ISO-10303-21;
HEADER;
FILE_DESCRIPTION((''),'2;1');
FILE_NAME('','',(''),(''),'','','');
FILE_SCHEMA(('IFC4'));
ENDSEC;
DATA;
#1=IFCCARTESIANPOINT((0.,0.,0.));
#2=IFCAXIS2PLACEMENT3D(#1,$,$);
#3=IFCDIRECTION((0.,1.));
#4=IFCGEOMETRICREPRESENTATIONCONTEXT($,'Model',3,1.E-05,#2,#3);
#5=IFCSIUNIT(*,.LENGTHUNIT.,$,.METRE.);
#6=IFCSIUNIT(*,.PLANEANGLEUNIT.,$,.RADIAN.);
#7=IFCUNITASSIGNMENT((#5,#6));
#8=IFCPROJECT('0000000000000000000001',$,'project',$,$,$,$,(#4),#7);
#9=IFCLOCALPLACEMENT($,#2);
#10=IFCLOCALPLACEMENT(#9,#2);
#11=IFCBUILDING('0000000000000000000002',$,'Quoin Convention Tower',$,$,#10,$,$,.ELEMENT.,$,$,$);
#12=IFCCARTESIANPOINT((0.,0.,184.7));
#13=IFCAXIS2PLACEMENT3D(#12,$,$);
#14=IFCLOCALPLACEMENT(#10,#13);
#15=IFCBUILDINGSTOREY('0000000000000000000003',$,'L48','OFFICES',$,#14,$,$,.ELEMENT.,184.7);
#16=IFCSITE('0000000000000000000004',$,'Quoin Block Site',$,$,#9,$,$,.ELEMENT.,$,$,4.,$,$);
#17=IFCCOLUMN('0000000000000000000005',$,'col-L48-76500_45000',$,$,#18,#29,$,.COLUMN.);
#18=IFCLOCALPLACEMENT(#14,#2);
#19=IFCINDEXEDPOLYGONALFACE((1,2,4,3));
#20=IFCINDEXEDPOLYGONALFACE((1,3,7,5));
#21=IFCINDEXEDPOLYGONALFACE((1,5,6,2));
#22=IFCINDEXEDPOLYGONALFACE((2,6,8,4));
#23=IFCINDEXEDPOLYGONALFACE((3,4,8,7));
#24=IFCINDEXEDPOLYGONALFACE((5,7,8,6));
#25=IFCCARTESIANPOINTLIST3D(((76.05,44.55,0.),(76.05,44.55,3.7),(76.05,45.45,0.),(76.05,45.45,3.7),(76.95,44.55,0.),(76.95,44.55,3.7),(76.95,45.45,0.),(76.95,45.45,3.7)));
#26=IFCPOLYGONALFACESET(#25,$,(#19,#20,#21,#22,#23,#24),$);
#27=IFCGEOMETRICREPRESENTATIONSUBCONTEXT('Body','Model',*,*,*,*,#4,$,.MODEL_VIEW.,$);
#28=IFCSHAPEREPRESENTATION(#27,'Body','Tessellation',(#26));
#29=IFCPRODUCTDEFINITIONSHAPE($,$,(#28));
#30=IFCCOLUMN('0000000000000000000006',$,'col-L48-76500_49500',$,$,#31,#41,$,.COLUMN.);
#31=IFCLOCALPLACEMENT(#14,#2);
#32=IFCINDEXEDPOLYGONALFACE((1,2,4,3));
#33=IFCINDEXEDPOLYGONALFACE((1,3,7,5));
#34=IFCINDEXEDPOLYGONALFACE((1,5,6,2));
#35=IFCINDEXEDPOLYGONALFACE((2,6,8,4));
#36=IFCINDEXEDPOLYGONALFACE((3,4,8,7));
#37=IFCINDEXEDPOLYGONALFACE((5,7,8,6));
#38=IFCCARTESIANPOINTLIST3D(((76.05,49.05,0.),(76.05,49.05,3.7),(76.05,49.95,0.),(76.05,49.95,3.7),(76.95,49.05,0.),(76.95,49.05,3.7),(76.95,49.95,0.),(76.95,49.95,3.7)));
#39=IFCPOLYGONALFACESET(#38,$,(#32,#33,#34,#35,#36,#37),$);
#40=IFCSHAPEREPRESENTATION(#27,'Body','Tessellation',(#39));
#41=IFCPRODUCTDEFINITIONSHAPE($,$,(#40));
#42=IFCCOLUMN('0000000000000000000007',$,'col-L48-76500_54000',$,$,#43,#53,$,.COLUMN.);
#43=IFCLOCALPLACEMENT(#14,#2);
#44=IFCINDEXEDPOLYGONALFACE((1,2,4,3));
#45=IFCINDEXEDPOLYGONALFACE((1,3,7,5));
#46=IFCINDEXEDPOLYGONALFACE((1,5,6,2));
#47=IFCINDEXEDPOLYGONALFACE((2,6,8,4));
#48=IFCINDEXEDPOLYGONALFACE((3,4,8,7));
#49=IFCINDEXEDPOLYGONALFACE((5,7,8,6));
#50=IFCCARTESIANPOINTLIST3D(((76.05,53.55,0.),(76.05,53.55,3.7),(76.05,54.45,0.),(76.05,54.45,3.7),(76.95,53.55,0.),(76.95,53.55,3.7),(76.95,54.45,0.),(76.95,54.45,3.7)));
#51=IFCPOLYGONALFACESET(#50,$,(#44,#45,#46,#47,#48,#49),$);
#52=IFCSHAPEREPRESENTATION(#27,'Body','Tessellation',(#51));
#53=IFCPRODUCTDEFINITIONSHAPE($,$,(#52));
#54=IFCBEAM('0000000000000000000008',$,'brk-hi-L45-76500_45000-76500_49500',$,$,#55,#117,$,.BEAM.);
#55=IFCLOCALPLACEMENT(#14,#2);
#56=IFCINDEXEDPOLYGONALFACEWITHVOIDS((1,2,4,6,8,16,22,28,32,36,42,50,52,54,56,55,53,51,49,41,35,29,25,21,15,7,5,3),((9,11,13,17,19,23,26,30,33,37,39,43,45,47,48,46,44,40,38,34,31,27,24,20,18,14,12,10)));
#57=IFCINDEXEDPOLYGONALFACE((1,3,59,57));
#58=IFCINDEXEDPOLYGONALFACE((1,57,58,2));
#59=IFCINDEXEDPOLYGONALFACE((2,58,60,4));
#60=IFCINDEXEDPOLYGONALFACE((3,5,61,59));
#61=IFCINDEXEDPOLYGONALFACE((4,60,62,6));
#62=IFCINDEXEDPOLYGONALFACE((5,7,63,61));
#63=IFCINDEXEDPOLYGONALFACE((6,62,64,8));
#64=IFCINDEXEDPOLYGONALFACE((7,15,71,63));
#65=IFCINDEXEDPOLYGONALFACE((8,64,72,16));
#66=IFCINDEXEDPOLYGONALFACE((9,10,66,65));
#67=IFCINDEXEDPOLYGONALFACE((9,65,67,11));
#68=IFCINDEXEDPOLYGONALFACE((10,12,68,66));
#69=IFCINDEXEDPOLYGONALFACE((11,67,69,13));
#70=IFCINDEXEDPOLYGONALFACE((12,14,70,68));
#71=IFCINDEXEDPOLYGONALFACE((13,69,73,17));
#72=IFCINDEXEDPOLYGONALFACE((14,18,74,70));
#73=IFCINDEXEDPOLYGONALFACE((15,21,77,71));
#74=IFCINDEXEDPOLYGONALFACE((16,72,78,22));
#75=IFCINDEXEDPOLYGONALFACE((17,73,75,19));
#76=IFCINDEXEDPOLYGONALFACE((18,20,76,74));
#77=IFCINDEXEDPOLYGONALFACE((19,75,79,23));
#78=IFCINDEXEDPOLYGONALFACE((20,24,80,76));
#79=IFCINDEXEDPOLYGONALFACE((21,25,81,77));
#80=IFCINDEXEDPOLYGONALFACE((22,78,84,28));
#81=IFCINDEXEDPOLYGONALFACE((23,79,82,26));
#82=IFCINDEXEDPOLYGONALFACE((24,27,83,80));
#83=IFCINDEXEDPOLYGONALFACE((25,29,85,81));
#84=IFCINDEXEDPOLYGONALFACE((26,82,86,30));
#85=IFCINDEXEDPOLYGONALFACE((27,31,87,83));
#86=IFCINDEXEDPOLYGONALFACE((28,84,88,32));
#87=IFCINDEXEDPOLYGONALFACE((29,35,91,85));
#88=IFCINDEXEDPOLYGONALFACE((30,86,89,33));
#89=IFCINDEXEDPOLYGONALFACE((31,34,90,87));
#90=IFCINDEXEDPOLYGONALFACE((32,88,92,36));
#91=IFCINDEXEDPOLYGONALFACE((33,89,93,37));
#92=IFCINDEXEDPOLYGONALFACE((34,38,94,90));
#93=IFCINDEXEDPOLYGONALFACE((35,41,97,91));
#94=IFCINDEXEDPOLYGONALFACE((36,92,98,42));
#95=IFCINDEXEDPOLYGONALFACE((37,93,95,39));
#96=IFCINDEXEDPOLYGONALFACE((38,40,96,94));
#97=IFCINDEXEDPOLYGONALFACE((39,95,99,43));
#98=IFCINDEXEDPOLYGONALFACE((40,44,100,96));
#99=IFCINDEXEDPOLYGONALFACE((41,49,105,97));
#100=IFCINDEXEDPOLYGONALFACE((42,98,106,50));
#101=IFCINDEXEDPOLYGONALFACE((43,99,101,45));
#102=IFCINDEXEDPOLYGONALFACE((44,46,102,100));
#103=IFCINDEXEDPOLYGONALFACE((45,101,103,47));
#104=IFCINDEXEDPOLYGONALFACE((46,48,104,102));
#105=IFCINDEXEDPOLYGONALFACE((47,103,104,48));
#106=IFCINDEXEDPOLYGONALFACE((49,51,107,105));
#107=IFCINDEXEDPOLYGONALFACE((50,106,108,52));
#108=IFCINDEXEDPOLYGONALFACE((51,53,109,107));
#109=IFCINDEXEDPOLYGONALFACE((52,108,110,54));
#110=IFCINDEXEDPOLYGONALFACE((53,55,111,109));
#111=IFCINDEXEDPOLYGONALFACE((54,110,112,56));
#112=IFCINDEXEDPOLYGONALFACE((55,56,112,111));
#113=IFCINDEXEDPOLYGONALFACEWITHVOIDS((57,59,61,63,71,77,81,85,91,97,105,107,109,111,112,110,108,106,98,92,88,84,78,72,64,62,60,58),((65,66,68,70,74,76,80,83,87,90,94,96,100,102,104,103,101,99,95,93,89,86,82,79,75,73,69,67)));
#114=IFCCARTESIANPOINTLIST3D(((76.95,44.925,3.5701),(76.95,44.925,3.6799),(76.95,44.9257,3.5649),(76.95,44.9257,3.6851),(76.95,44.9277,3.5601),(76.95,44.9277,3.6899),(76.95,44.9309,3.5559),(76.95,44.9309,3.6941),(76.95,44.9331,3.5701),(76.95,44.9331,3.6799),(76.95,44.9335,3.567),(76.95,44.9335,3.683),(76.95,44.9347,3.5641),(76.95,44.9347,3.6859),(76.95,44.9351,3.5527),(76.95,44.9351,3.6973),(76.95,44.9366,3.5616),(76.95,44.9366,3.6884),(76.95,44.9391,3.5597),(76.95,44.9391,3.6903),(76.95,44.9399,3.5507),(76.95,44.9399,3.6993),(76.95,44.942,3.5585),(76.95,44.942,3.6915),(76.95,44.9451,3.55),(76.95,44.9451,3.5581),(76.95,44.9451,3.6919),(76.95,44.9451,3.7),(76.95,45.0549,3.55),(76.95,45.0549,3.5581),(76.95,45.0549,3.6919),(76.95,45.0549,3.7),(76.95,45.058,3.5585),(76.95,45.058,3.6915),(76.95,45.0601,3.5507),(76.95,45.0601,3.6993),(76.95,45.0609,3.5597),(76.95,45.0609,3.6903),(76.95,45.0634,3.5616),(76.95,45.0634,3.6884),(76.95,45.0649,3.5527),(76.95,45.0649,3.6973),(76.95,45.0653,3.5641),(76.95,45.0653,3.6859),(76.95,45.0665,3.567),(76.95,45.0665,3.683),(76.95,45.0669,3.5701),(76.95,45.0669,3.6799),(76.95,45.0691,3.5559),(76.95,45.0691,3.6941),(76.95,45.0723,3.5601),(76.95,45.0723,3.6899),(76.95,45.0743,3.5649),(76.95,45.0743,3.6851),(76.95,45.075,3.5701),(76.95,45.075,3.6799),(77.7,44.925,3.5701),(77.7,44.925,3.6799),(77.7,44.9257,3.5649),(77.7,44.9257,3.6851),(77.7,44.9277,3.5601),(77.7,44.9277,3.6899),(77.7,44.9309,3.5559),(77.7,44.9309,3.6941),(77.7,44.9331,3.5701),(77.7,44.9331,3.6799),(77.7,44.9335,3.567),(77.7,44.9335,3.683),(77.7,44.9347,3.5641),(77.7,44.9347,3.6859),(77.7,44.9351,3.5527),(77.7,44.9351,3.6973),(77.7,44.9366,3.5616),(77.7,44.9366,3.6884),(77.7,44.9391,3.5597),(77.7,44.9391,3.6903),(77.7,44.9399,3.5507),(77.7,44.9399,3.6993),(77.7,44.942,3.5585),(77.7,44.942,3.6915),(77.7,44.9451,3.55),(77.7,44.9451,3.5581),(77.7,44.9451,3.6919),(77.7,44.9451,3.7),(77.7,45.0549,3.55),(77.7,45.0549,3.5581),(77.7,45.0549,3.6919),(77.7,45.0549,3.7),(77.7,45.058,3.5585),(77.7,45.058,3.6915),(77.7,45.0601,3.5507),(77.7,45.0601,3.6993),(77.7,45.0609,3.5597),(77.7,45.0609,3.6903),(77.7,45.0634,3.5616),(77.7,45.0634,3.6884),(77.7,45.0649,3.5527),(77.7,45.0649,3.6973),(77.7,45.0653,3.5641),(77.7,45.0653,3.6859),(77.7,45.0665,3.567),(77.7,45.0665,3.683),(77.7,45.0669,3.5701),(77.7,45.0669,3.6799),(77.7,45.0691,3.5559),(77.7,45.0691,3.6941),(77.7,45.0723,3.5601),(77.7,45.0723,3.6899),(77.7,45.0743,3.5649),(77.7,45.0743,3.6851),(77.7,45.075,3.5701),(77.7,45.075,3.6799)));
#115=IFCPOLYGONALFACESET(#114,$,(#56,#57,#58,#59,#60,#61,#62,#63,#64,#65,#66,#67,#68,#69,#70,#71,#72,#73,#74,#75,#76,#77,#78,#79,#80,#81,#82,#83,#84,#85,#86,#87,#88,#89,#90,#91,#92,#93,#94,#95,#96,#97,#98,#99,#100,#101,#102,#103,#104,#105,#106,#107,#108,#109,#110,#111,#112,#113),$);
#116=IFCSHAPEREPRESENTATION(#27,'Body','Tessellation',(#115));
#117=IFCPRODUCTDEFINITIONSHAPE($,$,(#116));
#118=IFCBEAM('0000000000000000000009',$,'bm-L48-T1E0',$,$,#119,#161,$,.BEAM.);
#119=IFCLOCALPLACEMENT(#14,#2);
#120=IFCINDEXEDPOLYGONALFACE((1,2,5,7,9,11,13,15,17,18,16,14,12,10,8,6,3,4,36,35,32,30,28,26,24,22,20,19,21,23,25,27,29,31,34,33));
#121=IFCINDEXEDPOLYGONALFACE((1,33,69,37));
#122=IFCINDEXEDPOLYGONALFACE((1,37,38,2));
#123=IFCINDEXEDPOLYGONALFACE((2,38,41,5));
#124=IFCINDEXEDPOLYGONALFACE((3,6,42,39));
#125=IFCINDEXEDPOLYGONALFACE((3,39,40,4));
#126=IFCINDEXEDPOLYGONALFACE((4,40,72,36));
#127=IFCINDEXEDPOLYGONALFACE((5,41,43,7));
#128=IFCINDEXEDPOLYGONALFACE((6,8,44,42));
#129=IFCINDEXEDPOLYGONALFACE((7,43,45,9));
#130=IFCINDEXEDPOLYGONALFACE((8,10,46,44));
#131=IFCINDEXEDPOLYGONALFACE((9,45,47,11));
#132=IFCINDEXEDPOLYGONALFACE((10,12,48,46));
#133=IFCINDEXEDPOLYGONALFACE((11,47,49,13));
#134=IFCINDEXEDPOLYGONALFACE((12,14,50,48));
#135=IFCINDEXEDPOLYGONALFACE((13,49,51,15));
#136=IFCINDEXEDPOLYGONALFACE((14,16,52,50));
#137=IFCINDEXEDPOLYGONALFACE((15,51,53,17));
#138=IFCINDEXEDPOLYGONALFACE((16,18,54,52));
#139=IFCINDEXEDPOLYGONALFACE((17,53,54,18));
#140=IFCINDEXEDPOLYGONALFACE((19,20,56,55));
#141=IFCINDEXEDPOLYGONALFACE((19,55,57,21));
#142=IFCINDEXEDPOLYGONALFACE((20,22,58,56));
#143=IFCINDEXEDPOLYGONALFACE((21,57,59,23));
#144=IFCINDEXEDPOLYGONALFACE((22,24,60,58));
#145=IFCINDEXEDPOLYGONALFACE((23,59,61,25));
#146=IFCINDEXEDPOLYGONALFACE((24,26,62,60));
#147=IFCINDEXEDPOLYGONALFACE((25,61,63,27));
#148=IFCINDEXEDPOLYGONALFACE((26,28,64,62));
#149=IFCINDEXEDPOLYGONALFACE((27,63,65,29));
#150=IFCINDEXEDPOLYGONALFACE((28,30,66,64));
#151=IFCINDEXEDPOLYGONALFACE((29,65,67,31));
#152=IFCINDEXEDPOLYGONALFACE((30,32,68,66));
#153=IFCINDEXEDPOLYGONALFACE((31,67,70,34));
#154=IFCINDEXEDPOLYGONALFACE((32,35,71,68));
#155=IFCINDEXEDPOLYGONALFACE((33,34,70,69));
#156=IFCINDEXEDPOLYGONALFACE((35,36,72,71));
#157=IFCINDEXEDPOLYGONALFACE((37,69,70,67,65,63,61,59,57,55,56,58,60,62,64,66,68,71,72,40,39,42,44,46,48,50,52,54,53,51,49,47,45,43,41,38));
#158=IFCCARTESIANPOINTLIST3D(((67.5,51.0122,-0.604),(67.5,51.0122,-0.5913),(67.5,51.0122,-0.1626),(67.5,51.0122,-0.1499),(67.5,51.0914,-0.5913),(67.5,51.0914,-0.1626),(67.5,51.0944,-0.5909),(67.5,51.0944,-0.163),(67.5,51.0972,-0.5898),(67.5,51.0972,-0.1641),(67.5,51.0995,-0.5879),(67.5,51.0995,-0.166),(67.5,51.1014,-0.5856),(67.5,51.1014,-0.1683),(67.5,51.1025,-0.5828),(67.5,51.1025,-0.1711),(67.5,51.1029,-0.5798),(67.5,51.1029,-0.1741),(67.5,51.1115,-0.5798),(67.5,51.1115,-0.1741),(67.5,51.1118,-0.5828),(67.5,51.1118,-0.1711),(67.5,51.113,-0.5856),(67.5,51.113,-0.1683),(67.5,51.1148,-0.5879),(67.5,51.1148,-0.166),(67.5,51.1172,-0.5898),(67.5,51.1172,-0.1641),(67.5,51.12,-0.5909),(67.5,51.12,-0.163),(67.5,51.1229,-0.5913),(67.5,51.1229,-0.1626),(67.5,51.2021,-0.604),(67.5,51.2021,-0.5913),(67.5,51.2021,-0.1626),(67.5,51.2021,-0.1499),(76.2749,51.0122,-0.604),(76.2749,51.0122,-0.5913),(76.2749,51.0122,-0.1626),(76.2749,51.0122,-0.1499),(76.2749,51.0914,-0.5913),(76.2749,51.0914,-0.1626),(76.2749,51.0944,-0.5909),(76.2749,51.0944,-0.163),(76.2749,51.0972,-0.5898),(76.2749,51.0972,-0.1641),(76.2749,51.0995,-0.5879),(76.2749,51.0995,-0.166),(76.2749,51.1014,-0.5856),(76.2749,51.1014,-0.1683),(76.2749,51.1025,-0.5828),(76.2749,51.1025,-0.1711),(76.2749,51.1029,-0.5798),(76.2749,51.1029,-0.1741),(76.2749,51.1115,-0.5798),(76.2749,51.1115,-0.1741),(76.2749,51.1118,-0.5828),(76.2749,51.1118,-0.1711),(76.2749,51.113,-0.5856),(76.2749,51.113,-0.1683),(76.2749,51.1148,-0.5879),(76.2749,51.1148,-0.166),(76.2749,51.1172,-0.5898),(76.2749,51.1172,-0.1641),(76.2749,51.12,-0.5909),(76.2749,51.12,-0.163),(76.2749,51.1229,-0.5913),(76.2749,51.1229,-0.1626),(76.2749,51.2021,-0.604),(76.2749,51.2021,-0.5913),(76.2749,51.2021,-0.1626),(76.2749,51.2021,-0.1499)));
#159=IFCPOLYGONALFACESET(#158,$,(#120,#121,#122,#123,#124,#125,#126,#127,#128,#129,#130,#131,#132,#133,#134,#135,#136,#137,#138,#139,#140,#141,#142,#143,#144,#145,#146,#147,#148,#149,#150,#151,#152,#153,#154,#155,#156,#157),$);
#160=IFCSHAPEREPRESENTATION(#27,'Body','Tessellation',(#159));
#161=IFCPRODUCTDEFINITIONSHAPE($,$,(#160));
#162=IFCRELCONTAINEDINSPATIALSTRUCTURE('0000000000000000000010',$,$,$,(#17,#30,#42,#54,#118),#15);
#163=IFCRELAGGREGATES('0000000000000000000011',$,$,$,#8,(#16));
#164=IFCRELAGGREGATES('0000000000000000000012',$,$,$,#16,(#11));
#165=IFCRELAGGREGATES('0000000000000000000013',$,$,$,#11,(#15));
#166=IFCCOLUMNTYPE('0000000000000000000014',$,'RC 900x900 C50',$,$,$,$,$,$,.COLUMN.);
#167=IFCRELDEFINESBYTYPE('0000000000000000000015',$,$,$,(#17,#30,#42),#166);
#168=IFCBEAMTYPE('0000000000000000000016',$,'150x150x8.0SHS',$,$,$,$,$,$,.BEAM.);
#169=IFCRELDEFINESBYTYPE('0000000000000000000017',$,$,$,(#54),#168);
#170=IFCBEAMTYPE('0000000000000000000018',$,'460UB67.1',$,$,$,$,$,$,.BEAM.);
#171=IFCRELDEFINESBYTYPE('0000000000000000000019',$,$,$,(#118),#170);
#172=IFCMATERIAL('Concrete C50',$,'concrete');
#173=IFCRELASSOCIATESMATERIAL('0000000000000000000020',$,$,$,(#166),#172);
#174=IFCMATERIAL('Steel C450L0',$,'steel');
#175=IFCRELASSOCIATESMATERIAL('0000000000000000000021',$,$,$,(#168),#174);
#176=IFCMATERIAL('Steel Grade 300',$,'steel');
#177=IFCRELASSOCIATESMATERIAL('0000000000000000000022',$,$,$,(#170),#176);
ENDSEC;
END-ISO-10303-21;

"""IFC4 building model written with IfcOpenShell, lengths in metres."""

from ifc_helpers import new_model, si_unit, direction, frame, origin, origin_2d, place, context, subcontext, project, spatial, rectangle, hollow_rectangle, i_section, extrude, material, material_profile, profile_set, type_object, element, save


model = new_model("IFC4")

# Units and contexts
model_context = context("Model", 3, precision=1e-05, world=origin(), true_north=direction((0.0, 1.0)))
body_context = subcontext(model_context, "Body", "Model", "MODEL_VIEW")
ifc_project = project(units=[si_unit("LENGTHUNIT", "METRE"), si_unit("PLANEANGLEUNIT", "RADIAN")], contexts=[model_context])

# Site, building, storey
site_placement = place(None, origin())
site = spatial("IfcSite", under=ifc_project, at=site_placement, Name="Quoin Block Site", CompositionType="ELEMENT", RefElevation=4.0)
building_placement = place(site_placement, origin())
building = spatial("IfcBuilding", under=site, at=building_placement, Name="Quoin Convention Tower", CompositionType="ELEMENT")
storey_placement = place(building_placement, frame((0.0, 0.0, 184.7)))
storey = spatial("IfcBuildingStorey", under=building, at=storey_placement, Name="L48", Description="OFFICES", CompositionType="ELEMENT", Elevation=184.7)

# Columns
ifc_material_1 = material(Name="Concrete C50", Category="concrete")
ifc_material_profile_1 = material_profile(ifc_material_1, rectangle(XDim=0.8999, YDim=0.8999, at=origin_2d()), Name="RC 900x900")
ifc_profile_set_1 = profile_set([ifc_material_profile_1], Name="Concrete C50")
column_type = type_object("IfcColumnType", Name="RC 900x900 C50", PredefinedType="COLUMN", material=ifc_profile_set_1)
for number, where, z_axis, x_axis, name in (
    (1, (76.5, 45.0, 0.0), (0.0, 0.0, 1.0), (1.0, 0.0, 0.0), "col-L48-76500_45000"),
    (2, (76.5, 49.5, 0.0), (0.0, 0.0, 1.0), (1.0, 0.0, 0.0), "col-L48-76500_49500"),
    (3, (76.5, 54.0, 0.0), (0.0, 0.0, 1.0), (1.0, 0.0, 0.0), "col-L48-76500_54000"),
):
    element("IfcColumn", number, at=place(storey_placement, frame(where, z_axis=z_axis, x_axis=x_axis)), inside=storey, type_object=column_type, Name=name, PredefinedType="COLUMN", context=body_context, shape_type="SweptSolid", body=[
        extrude(rectangle(XDim=0.8999, YDim=0.8999, at=origin_2d()), origin(), (0.0, 0.0, 1.0), 3.7),
    ])

# Beams
ifc_material_2 = material(Name="Steel C450L0", Category="steel")
ifc_material_profile_2 = material_profile(ifc_material_2, hollow_rectangle(XDim=0.1499, YDim=0.1499, WallThickness=0.0081, InnerFilletRadius=0.012, OuterFilletRadius=0.02, at=origin_2d()), Name="150x150x8.0SHS")
ifc_profile_set_2 = profile_set([ifc_material_profile_2], Name="Steel C450L0")
beam_type_1 = type_object("IfcBeamType", Name="150x150x8.0SHS", PredefinedType="BEAM", material=ifc_profile_set_2)
beam_1_placement = place(storey_placement, frame((76.95, 45.0, 3.625), z_axis=(1.0, 0.0, 0.0), x_axis=(0.0, 1.0, 0.0)))
element("IfcBeam", 4, at=beam_1_placement, inside=storey, type_object=beam_type_1, Name="brk-hi-L45-76500_45000-76500_49500", PredefinedType="BEAM", context=body_context, shape_type="SweptSolid", body=[
    extrude(hollow_rectangle(XDim=0.1499, YDim=0.1499, WallThickness=0.0081, InnerFilletRadius=0.012, OuterFilletRadius=0.02, at=origin_2d()), origin(), (0.0, 0.0, 1.0), 0.75),
])
ifc_material_3 = material(Name="Steel Grade 300", Category="steel")
ifc_material_profile_3 = material_profile(ifc_material_3, i_section(OverallWidth=0.1899, OverallDepth=0.4541, WebThickness=0.0085, FlangeThickness=0.0127, FilletRadius=0.0115, at=origin_2d()), Name="460UB67.1")
ifc_profile_set_3 = profile_set([ifc_material_profile_3], Name="Steel Grade 300")
beam_type_2 = type_object("IfcBeamType", Name="460UB67.1", PredefinedType="BEAM", material=ifc_profile_set_3)
beam_2_placement = place(storey_placement, frame((67.5, 51.1072, -0.377), z_axis=(1.0, 0.0, 0.0), x_axis=(0.0, 1.0, 0.0)))
element("IfcBeam", 5, at=beam_2_placement, inside=storey, type_object=beam_type_2, Name="bm-L48-T1E0", PredefinedType="BEAM", context=body_context, shape_type="SweptSolid", body=[
    extrude(i_section(OverallWidth=0.1899, OverallDepth=0.4541, WebThickness=0.0085, FlangeThickness=0.0127, FilletRadius=0.0115, at=origin_2d()), origin(), (0.0, 0.0, 1.0), 8.7749),
])

save(model, "model.ifc")
